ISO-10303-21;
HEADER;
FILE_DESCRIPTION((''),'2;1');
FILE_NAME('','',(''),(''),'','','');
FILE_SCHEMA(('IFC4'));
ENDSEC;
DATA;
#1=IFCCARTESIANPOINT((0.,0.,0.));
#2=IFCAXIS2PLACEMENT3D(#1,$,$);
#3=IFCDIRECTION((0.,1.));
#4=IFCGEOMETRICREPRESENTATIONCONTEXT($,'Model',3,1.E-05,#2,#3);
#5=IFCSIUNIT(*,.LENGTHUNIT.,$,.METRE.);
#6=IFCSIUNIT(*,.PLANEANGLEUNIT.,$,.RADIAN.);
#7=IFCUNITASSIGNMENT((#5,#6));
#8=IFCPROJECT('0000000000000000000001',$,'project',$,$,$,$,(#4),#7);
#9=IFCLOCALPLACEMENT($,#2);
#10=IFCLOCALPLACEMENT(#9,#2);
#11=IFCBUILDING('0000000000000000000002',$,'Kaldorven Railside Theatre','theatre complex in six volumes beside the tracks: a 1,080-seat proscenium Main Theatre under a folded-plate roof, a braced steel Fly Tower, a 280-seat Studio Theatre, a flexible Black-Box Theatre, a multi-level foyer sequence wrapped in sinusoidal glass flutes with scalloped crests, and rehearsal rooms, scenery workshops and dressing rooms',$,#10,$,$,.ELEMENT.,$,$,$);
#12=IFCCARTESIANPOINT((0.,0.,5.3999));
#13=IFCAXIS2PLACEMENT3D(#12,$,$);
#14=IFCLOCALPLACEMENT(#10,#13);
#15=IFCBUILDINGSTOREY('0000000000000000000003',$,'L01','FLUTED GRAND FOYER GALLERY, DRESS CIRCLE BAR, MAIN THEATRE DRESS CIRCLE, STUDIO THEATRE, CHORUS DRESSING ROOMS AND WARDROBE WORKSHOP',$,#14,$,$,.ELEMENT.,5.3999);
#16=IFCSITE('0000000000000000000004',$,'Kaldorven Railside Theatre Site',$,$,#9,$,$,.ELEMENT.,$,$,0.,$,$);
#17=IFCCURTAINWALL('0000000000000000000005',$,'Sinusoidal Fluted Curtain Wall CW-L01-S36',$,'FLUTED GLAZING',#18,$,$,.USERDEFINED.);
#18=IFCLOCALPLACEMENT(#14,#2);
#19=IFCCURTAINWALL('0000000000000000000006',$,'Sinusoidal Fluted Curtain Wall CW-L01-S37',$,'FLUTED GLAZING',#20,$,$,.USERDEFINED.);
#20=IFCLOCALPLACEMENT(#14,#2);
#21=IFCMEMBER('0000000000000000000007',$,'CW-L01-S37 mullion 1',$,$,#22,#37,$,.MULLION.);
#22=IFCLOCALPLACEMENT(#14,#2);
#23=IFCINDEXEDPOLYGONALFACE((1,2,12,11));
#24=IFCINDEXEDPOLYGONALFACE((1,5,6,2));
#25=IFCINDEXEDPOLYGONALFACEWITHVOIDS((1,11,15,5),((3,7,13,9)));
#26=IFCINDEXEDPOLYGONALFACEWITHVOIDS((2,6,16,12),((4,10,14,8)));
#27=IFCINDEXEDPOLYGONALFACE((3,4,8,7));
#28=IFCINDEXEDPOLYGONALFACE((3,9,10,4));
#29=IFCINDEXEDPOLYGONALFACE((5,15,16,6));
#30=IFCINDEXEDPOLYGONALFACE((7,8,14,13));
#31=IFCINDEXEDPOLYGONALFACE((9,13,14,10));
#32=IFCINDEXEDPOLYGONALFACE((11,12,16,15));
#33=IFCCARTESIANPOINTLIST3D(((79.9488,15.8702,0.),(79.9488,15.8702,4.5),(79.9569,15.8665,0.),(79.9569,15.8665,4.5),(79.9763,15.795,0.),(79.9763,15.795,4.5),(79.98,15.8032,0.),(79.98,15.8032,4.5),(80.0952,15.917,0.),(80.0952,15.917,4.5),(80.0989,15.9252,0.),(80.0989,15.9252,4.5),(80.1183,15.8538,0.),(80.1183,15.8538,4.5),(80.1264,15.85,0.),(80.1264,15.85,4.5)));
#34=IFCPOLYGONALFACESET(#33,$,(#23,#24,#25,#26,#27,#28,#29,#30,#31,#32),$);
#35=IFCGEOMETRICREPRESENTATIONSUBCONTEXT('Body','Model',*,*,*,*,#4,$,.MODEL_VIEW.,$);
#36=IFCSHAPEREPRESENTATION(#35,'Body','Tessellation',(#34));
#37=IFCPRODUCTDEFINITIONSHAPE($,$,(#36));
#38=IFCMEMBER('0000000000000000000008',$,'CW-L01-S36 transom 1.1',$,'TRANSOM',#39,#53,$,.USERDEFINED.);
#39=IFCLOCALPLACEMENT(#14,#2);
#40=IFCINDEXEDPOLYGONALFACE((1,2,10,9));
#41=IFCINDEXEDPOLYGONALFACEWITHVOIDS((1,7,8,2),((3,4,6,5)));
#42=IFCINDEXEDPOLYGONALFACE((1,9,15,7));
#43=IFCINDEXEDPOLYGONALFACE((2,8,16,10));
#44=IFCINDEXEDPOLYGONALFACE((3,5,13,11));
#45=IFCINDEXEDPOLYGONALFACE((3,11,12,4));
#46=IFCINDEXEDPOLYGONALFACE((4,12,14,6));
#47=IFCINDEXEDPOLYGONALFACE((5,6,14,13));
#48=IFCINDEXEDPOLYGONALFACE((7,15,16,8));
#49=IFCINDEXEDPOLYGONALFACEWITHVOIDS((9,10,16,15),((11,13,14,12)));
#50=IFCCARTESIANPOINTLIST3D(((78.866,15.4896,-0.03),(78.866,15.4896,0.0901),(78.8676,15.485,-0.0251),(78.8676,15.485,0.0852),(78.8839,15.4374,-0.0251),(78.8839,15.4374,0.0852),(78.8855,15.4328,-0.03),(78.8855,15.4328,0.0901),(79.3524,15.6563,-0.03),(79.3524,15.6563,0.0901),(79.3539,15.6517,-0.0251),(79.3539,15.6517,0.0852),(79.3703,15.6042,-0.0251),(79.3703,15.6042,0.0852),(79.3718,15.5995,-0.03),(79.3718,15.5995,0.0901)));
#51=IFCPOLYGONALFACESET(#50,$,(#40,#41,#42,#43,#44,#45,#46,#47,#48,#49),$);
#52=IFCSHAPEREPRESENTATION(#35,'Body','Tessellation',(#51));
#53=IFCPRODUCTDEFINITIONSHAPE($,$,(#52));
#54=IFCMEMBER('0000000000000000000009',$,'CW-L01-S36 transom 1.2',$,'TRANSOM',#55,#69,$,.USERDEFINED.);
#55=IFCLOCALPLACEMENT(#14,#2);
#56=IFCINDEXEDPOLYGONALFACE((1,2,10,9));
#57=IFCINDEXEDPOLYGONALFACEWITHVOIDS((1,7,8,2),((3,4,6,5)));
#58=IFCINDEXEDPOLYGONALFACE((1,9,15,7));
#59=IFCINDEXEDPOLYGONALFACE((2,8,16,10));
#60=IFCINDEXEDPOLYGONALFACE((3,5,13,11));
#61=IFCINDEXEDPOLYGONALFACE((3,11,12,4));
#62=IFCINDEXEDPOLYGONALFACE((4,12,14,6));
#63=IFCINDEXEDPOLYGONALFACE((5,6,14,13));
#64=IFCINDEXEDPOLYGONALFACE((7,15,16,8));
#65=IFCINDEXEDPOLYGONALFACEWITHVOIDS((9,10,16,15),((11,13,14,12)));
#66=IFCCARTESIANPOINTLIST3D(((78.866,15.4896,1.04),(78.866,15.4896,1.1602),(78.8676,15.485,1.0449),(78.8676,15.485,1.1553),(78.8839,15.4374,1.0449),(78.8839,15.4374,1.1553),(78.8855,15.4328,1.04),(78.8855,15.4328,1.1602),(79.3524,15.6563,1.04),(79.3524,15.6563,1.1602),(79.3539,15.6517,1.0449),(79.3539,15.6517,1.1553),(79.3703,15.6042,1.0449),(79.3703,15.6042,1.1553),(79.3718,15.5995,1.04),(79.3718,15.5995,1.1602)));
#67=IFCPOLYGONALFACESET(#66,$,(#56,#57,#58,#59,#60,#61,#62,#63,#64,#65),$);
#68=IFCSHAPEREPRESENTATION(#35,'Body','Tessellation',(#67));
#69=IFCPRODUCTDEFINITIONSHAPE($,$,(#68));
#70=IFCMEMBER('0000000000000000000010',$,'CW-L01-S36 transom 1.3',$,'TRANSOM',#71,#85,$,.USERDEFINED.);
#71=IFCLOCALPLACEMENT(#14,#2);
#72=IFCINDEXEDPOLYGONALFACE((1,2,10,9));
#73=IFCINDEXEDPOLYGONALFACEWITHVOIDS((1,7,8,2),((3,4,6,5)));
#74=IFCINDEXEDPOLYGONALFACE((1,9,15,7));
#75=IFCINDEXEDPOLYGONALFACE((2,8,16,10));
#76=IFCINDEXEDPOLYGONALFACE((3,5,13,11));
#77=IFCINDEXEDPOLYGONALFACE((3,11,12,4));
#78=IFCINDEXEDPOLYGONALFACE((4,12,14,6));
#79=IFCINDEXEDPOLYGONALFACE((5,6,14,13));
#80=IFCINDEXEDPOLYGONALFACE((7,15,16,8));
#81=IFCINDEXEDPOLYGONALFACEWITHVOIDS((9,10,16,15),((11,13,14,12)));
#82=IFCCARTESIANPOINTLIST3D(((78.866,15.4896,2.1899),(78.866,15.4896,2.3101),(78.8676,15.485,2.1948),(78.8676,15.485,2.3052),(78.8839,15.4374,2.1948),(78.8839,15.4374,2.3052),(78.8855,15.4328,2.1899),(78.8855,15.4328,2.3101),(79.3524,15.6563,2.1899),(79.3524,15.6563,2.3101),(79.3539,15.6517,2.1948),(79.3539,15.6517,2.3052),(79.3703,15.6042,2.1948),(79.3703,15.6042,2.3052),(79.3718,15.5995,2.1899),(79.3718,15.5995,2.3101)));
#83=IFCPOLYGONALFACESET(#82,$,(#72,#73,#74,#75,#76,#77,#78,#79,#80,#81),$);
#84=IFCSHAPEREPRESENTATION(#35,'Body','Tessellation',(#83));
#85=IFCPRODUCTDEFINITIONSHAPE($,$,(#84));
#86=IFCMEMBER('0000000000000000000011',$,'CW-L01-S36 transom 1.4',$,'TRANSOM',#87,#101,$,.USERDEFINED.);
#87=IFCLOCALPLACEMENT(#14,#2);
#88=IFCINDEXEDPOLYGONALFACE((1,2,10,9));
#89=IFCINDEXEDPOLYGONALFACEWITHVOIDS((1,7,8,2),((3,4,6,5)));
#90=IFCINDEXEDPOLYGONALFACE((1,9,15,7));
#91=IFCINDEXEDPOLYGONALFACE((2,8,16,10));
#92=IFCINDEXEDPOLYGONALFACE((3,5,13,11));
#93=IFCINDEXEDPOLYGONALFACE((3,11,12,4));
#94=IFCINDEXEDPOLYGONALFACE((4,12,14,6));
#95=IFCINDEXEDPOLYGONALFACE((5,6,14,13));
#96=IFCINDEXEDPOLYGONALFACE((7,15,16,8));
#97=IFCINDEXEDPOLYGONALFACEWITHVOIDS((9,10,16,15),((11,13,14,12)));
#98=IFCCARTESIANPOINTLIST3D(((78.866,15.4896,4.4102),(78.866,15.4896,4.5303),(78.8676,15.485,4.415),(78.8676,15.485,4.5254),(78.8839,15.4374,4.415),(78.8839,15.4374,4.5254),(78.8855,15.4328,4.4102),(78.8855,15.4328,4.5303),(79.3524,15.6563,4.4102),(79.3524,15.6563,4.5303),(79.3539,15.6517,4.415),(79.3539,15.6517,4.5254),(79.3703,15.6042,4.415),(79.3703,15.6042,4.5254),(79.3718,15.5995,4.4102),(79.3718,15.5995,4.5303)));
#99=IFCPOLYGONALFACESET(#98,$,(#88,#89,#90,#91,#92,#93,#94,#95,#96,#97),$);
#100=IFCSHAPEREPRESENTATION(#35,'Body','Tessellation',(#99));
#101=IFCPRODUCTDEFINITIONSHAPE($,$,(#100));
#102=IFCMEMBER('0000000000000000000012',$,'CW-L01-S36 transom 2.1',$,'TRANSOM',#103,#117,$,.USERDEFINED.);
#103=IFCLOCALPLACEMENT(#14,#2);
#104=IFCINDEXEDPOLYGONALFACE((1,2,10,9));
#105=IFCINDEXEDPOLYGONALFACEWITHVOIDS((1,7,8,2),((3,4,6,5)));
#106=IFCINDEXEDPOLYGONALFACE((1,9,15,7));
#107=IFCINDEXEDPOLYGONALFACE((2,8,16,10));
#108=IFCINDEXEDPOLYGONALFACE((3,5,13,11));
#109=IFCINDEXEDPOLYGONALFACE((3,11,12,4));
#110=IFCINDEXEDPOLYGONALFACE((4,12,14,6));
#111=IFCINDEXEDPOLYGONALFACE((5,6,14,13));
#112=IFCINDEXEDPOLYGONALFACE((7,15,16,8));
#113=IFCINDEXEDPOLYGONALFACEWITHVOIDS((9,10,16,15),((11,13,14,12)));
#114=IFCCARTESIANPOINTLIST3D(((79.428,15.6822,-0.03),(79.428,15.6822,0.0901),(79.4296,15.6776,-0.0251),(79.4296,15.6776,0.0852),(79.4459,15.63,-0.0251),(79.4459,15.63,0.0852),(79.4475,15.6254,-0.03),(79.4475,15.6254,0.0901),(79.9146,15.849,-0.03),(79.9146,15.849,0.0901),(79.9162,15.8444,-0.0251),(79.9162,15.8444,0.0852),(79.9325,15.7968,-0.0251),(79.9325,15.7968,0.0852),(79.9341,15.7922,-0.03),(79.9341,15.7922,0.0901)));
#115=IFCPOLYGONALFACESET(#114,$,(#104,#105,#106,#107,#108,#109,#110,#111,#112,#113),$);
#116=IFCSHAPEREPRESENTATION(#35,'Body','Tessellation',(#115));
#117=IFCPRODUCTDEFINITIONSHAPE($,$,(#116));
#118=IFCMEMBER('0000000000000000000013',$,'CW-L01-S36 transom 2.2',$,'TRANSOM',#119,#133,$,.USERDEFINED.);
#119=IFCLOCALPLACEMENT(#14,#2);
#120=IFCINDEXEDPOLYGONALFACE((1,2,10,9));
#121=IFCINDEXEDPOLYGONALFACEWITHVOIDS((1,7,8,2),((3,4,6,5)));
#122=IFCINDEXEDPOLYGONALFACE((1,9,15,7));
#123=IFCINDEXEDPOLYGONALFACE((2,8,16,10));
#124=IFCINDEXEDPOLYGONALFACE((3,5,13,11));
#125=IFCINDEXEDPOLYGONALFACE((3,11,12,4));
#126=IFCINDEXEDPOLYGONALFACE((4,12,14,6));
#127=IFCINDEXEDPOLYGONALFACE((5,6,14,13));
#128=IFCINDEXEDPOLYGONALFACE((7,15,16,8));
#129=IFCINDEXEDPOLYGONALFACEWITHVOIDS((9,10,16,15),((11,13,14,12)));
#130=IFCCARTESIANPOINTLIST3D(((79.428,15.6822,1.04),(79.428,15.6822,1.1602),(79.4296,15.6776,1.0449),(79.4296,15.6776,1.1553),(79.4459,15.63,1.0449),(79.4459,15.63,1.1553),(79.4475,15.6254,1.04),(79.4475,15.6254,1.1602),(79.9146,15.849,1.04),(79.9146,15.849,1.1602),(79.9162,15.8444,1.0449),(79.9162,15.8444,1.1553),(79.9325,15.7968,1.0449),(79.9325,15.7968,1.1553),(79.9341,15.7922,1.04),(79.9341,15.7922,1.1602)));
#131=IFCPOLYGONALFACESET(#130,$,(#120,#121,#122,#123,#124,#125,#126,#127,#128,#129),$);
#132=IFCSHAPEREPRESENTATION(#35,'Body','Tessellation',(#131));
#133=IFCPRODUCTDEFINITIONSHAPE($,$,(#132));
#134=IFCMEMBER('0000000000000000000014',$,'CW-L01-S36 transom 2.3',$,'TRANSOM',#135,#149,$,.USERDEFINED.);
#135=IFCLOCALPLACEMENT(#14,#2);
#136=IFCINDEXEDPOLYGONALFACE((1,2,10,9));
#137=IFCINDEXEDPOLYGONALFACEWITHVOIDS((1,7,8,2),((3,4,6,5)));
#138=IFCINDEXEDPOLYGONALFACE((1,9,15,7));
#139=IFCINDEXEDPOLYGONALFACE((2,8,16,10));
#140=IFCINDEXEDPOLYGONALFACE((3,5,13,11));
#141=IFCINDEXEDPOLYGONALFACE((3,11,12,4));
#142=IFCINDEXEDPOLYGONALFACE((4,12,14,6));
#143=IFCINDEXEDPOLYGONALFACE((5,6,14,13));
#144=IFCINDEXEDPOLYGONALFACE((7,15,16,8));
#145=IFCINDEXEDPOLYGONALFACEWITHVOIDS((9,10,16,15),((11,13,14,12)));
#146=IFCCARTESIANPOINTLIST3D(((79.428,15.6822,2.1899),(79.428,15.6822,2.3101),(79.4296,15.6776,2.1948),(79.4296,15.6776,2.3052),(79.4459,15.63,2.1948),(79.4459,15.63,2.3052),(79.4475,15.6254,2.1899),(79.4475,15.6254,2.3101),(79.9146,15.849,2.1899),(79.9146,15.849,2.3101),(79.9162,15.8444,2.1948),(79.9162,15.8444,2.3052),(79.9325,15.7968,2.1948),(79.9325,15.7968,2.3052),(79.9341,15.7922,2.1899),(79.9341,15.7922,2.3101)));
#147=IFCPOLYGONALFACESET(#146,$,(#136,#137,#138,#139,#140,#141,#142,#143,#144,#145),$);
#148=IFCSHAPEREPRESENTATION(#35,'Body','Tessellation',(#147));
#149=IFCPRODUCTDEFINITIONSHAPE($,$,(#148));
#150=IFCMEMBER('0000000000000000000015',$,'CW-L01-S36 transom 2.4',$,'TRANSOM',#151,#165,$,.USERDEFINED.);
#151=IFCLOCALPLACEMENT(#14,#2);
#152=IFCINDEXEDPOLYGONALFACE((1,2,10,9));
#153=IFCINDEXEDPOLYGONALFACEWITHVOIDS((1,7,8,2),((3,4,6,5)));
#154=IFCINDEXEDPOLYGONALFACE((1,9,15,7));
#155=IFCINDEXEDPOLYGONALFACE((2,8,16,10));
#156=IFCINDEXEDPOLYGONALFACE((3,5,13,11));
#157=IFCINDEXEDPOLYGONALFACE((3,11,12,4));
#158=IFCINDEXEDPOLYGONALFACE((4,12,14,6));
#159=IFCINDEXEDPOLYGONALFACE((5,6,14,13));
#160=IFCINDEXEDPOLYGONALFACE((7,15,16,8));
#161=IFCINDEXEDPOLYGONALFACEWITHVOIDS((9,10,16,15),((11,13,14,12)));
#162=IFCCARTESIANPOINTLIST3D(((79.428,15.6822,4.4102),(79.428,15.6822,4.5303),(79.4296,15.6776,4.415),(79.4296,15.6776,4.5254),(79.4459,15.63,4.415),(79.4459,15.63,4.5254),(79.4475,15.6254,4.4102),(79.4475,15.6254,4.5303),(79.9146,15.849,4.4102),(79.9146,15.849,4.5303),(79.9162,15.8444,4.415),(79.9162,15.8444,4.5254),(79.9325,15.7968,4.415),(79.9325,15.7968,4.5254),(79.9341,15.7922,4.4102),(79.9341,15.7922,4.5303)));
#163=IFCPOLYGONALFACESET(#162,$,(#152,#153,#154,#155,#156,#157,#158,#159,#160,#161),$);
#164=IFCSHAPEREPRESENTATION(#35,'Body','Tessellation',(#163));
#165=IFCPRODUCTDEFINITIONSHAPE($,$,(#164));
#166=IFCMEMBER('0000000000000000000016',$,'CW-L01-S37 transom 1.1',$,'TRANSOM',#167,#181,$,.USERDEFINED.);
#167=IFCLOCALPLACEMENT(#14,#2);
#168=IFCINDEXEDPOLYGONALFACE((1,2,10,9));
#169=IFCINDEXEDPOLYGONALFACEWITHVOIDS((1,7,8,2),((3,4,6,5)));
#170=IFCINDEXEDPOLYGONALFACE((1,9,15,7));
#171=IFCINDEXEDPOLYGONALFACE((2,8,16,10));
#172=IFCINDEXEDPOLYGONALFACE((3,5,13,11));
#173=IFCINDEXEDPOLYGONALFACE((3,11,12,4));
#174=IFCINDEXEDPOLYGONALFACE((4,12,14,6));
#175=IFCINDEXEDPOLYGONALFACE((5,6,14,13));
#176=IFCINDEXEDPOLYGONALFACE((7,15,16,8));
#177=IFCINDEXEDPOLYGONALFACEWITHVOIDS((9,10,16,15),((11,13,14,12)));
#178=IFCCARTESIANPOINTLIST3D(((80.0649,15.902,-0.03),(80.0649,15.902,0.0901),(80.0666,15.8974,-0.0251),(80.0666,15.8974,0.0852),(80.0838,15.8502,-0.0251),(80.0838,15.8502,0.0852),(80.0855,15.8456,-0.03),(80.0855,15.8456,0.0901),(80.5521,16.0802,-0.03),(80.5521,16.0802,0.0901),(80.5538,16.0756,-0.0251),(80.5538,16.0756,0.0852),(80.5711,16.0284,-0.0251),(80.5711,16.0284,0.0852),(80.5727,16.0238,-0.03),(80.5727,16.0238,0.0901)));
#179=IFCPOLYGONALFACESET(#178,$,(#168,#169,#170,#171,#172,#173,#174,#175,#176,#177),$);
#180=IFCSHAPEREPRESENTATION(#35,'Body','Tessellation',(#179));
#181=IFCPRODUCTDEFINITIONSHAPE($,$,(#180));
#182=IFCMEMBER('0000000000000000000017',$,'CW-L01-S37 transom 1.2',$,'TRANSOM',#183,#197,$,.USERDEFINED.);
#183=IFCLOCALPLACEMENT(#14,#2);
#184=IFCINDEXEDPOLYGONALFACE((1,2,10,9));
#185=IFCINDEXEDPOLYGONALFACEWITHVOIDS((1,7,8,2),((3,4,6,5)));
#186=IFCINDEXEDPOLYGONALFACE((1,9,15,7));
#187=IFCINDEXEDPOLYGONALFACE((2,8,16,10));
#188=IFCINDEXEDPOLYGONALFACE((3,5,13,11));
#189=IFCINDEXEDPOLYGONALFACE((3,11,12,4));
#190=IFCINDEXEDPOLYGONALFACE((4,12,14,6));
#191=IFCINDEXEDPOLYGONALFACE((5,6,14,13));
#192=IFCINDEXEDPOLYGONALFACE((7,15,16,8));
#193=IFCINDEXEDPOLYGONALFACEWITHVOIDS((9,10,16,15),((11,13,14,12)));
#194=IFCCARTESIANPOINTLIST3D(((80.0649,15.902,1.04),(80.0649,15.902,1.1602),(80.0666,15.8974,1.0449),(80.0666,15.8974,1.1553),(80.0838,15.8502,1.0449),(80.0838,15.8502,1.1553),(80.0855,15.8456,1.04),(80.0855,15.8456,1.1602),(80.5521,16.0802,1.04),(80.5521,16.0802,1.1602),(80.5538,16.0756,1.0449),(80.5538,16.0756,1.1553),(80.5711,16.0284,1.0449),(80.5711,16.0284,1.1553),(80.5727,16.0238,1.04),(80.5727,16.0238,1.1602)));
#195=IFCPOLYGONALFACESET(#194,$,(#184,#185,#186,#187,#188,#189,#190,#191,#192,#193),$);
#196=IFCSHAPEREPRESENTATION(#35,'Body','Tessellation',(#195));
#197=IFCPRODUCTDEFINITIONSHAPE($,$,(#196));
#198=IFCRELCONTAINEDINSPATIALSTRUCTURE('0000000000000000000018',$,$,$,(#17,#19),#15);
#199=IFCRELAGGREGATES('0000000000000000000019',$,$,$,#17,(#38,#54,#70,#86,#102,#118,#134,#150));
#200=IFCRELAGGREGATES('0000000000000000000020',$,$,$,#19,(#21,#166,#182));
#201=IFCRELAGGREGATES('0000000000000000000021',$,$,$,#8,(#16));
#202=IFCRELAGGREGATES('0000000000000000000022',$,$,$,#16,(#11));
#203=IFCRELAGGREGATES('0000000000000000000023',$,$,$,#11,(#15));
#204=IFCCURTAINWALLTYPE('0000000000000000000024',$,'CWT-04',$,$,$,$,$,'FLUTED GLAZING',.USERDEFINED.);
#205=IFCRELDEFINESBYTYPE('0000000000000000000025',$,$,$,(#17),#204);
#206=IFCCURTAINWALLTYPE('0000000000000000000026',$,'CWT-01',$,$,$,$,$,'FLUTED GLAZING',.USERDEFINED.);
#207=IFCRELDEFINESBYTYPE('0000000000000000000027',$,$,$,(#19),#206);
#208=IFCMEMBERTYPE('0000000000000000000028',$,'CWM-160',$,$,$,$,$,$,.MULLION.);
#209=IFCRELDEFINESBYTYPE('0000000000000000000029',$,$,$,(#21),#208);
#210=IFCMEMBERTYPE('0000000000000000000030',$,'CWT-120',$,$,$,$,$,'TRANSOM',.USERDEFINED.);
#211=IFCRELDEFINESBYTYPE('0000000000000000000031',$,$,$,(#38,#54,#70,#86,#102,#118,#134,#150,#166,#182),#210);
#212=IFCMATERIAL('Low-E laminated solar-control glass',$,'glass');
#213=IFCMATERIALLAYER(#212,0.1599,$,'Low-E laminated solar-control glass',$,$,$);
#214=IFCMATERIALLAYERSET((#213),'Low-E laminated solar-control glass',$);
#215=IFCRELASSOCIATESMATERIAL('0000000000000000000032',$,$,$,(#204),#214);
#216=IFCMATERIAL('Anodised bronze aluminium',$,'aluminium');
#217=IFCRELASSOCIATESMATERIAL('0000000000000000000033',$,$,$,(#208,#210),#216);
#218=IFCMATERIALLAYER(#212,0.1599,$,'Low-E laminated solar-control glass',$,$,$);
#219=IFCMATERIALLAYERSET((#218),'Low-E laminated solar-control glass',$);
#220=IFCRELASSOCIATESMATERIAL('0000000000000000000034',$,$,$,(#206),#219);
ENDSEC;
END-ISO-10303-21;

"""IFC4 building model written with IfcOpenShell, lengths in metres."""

from ifc_helpers import new_model, si_unit, direction, frame, origin, origin_2d, place, context, subcontext, project, spatial, hollow_rectangle, extrude, material, layer, layer_set, material_profile, profile_set, type_object, element, aggregate, save


model = new_model("IFC4")

# Units and contexts
model_context = context("Model", 3, precision=1e-05, world=origin(), true_north=direction((0.0, 1.0)))
body_context = subcontext(model_context, "Body", "Model", "MODEL_VIEW")
ifc_project = project(units=[si_unit("LENGTHUNIT", "METRE"), si_unit("PLANEANGLEUNIT", "RADIAN")], contexts=[model_context])

# Site, building, storey
site_placement = place(None, origin())
site = spatial("IfcSite", under=ifc_project, at=site_placement, Name="Kaldorven Railside Theatre Site", CompositionType="ELEMENT", RefElevation=0.0)
building_placement = place(site_placement, origin())
building = spatial("IfcBuilding", under=site, at=building_placement, Name="Kaldorven Railside Theatre", Description="theatre complex in six volumes beside the tracks: a 1,080-seat proscenium Main Theatre under a folded-plate roof, a braced steel Fly Tower, a 280-seat Studio Theatre, a flexible Black-Box Theatre, a multi-level foyer sequence wrapped in sinusoidal glass flutes with scalloped crests, and rehearsal rooms, scenery workshops and dressing rooms", CompositionType="ELEMENT")
storey_placement = place(building_placement, frame((0.0, 0.0, 5.3999)))
storey = spatial("IfcBuildingStorey", under=building, at=storey_placement, Name="L01", Description="FLUTED GRAND FOYER GALLERY, DRESS CIRCLE BAR, MAIN THEATRE DRESS CIRCLE, STUDIO THEATRE, CHORUS DRESSING ROOMS AND WARDROBE WORKSHOP", CompositionType="ELEMENT", Elevation=5.3999)

# Curtain wall
ifc_material_1 = material(Name="Low-E laminated solar-control glass", Category="glass")
ifc_layer_1 = layer(ifc_material_1, 0.1599, Name="Low-E laminated solar-control glass")
ifc_layer_set_1 = layer_set([ifc_layer_1], Name="Low-E laminated solar-control glass")
curtain_wall_type_1 = type_object("IfcCurtainWallType", Name="CWT-04", ElementType="FLUTED GLAZING", PredefinedType="USERDEFINED", material=ifc_layer_set_1)
curtain_wall_1_placement = place(storey_placement, origin())
curtain_wall_1 = element("IfcCurtainWall", 1, at=curtain_wall_1_placement, inside=storey, type_object=curtain_wall_type_1, Name="Sinusoidal Fluted Curtain Wall CW-L01-S36", ObjectType="FLUTED GLAZING", PredefinedType="USERDEFINED")
ifc_material_2 = material(Name="Anodised bronze aluminium", Category="aluminium")
ifc_material_profile_1 = material_profile(ifc_material_2, hollow_rectangle(XDim=0.0801, YDim=0.1599, WallThickness=0.0063, at=origin_2d()), Name="RHS 160x80x6.3")
ifc_profile_set_1 = profile_set([ifc_material_profile_1], Name="Anodised bronze aluminium")
member_type_1 = type_object("IfcMemberType", Name="CWM-160", PredefinedType="MULLION", material=ifc_profile_set_1)

# Curtain wall, member
ifc_layer_2 = layer(ifc_material_1, 0.1599, Name="Low-E laminated solar-control glass")
ifc_layer_set_2 = layer_set([ifc_layer_2], Name="Low-E laminated solar-control glass")
curtain_wall_type_2 = type_object("IfcCurtainWallType", Name="CWT-01", ElementType="FLUTED GLAZING", PredefinedType="USERDEFINED", material=ifc_layer_set_2)
curtain_wall_2_placement = place(storey_placement, origin())
curtain_wall_2 = element("IfcCurtainWall", 2, at=curtain_wall_2_placement, inside=storey, type_object=curtain_wall_type_2, Name="Sinusoidal Fluted Curtain Wall CW-L01-S37", ObjectType="FLUTED GLAZING", PredefinedType="USERDEFINED")
member_1_placement = place(storey_placement, frame((80.0376, 15.8601, 0.0), z_axis=(0.0, 0.0, 1.0), x_axis=(-0.343496, 0.939154, 0.0)))
member_1 = element("IfcMember", 3, at=member_1_placement, type_object=member_type_1, Name="CW-L01-S37 mullion 1", PredefinedType="MULLION", context=body_context, shape_type="SweptSolid", body=[
    extrude(hollow_rectangle(XDim=0.0801, YDim=0.1599, WallThickness=0.0063, at=origin_2d()), origin(), (0.0, 0.0, 1.0), 4.5),
])

# Members
ifc_material_profile_2 = material_profile(ifc_material_2, hollow_rectangle(XDim=0.0601, YDim=0.1201, WallThickness=0.0049, at=origin_2d()), Name="RHS 120x60x5")
ifc_profile_set_2 = profile_set([ifc_material_profile_2], Name="Anodised bronze aluminium")
member_type_2 = type_object("IfcMemberType", Name="CWT-120", ElementType="TRANSOM", PredefinedType="USERDEFINED", material=ifc_profile_set_2)
member_2_placement = place(storey_placement, frame((78.8757, 15.4612, 0.03), z_axis=(0.945942, 0.324336, 0.0), x_axis=(-0.324336, 0.945942, 0.0)))
member_2 = element("IfcMember", 4, at=member_2_placement, type_object=member_type_2, Name="CW-L01-S36 transom 1.1", ObjectType="TRANSOM", PredefinedType="USERDEFINED", context=body_context, shape_type="SweptSolid", body=[
    extrude(hollow_rectangle(XDim=0.0601, YDim=0.1201, WallThickness=0.0049, at=origin_2d()), origin(), (0.0, 0.0, 1.0), 0.5142),
])
member_3_placement = place(storey_placement, frame((78.8757, 15.4612, 1.1001), z_axis=(0.945942, 0.324336, 0.0), x_axis=(-0.324336, 0.945942, 0.0)))
member_3 = element("IfcMember", 5, at=member_3_placement, type_object=member_type_2, Name="CW-L01-S36 transom 1.2", ObjectType="TRANSOM", PredefinedType="USERDEFINED", context=body_context, shape_type="SweptSolid", body=[
    extrude(hollow_rectangle(XDim=0.0601, YDim=0.1201, WallThickness=0.0049, at=origin_2d()), origin(), (0.0, 0.0, 1.0), 0.5142),
])
member_4_placement = place(storey_placement, frame((78.8757, 15.4612, 2.25), z_axis=(0.945942, 0.324336, 0.0), x_axis=(-0.324336, 0.945942, 0.0)))
member_4 = element("IfcMember", 6, at=member_4_placement, type_object=member_type_2, Name="CW-L01-S36 transom 1.3", ObjectType="TRANSOM", PredefinedType="USERDEFINED", context=body_context, shape_type="SweptSolid", body=[
    extrude(hollow_rectangle(XDim=0.0601, YDim=0.1201, WallThickness=0.0049, at=origin_2d()), origin(), (0.0, 0.0, 1.0), 0.5142),
])
member_5_placement = place(storey_placement, frame((78.8757, 15.4612, 4.4702), z_axis=(0.945942, 0.324336, 0.0), x_axis=(-0.324336, 0.945942, 0.0)))
member_5 = element("IfcMember", 7, at=member_5_placement, type_object=member_type_2, Name="CW-L01-S36 transom 1.4", ObjectType="TRANSOM", PredefinedType="USERDEFINED", context=body_context, shape_type="SweptSolid", body=[
    extrude(hollow_rectangle(XDim=0.0601, YDim=0.1201, WallThickness=0.0049, at=origin_2d()), origin(), (0.0, 0.0, 1.0), 0.5142),
])
member_6_placement = place(storey_placement, frame((79.4377, 15.6538, 0.03), z_axis=(0.945992, 0.324191, 0.0), x_axis=(-0.324191, 0.945992, 0.0)))
member_6 = element("IfcMember", 8, at=member_6_placement, type_object=member_type_2, Name="CW-L01-S36 transom 2.1", ObjectType="TRANSOM", PredefinedType="USERDEFINED", context=body_context, shape_type="SweptSolid", body=[
    extrude(hollow_rectangle(XDim=0.0601, YDim=0.1201, WallThickness=0.0049, at=origin_2d()), origin(), (0.0, 0.0, 1.0), 0.5144),
])
member_7_placement = place(storey_placement, frame((79.4377, 15.6538, 1.1001), z_axis=(0.945992, 0.324191, 0.0), x_axis=(-0.324191, 0.945992, 0.0)))
member_7 = element("IfcMember", 9, at=member_7_placement, type_object=member_type_2, Name="CW-L01-S36 transom 2.2", ObjectType="TRANSOM", PredefinedType="USERDEFINED", context=body_context, shape_type="SweptSolid", body=[
    extrude(hollow_rectangle(XDim=0.0601, YDim=0.1201, WallThickness=0.0049, at=origin_2d()), origin(), (0.0, 0.0, 1.0), 0.5144),
])
member_8_placement = place(storey_placement, frame((79.4377, 15.6538, 2.25), z_axis=(0.945992, 0.324191, 0.0), x_axis=(-0.324191, 0.945992, 0.0)))
member_8 = element("IfcMember", 10, at=member_8_placement, type_object=member_type_2, Name="CW-L01-S36 transom 2.3", ObjectType="TRANSOM", PredefinedType="USERDEFINED", context=body_context, shape_type="SweptSolid", body=[
    extrude(hollow_rectangle(XDim=0.0601, YDim=0.1201, WallThickness=0.0049, at=origin_2d()), origin(), (0.0, 0.0, 1.0), 0.5144),
])
member_9_placement = place(storey_placement, frame((79.4377, 15.6538, 4.4702), z_axis=(0.945992, 0.324191, 0.0), x_axis=(-0.324191, 0.945992, 0.0)))
member_9 = element("IfcMember", 11, at=member_9_placement, type_object=member_type_2, Name="CW-L01-S36 transom 2.4", ObjectType="TRANSOM", PredefinedType="USERDEFINED", context=body_context, shape_type="SweptSolid", body=[
    extrude(hollow_rectangle(XDim=0.0601, YDim=0.1201, WallThickness=0.0049, at=origin_2d()), origin(), (0.0, 0.0, 1.0), 0.5144),
])
member_10_placement = place(storey_placement, frame((80.0752, 15.8738, 0.03), z_axis=(0.93916, 0.34348, 0.0), x_axis=(-0.34348, 0.93916, 0.0)))
member_10 = element("IfcMember", 12, at=member_10_placement, type_object=member_type_2, Name="CW-L01-S37 transom 1.1", ObjectType="TRANSOM", PredefinedType="USERDEFINED", context=body_context, shape_type="SweptSolid", body=[
    extrude(hollow_rectangle(XDim=0.0601, YDim=0.1201, WallThickness=0.0049, at=origin_2d()), origin(), (0.0, 0.0, 1.0), 0.5188),
])
member_11_placement = place(storey_placement, frame((80.0752, 15.8738, 1.1001), z_axis=(0.93916, 0.34348, 0.0), x_axis=(-0.34348, 0.93916, 0.0)))
member_11 = element("IfcMember", 13, at=member_11_placement, type_object=member_type_2, Name="CW-L01-S37 transom 1.2", ObjectType="TRANSOM", PredefinedType="USERDEFINED", context=body_context, shape_type="SweptSolid", body=[
    extrude(hollow_rectangle(XDim=0.0601, YDim=0.1201, WallThickness=0.0049, at=origin_2d()), origin(), (0.0, 0.0, 1.0), 0.5188),
])

aggregate(curtain_wall_1, [member_2, member_3, member_4, member_5, member_6, member_7, member_8, member_9])
aggregate(curtain_wall_2, [member_1, member_10, member_11])

save(model, "model.ifc")
